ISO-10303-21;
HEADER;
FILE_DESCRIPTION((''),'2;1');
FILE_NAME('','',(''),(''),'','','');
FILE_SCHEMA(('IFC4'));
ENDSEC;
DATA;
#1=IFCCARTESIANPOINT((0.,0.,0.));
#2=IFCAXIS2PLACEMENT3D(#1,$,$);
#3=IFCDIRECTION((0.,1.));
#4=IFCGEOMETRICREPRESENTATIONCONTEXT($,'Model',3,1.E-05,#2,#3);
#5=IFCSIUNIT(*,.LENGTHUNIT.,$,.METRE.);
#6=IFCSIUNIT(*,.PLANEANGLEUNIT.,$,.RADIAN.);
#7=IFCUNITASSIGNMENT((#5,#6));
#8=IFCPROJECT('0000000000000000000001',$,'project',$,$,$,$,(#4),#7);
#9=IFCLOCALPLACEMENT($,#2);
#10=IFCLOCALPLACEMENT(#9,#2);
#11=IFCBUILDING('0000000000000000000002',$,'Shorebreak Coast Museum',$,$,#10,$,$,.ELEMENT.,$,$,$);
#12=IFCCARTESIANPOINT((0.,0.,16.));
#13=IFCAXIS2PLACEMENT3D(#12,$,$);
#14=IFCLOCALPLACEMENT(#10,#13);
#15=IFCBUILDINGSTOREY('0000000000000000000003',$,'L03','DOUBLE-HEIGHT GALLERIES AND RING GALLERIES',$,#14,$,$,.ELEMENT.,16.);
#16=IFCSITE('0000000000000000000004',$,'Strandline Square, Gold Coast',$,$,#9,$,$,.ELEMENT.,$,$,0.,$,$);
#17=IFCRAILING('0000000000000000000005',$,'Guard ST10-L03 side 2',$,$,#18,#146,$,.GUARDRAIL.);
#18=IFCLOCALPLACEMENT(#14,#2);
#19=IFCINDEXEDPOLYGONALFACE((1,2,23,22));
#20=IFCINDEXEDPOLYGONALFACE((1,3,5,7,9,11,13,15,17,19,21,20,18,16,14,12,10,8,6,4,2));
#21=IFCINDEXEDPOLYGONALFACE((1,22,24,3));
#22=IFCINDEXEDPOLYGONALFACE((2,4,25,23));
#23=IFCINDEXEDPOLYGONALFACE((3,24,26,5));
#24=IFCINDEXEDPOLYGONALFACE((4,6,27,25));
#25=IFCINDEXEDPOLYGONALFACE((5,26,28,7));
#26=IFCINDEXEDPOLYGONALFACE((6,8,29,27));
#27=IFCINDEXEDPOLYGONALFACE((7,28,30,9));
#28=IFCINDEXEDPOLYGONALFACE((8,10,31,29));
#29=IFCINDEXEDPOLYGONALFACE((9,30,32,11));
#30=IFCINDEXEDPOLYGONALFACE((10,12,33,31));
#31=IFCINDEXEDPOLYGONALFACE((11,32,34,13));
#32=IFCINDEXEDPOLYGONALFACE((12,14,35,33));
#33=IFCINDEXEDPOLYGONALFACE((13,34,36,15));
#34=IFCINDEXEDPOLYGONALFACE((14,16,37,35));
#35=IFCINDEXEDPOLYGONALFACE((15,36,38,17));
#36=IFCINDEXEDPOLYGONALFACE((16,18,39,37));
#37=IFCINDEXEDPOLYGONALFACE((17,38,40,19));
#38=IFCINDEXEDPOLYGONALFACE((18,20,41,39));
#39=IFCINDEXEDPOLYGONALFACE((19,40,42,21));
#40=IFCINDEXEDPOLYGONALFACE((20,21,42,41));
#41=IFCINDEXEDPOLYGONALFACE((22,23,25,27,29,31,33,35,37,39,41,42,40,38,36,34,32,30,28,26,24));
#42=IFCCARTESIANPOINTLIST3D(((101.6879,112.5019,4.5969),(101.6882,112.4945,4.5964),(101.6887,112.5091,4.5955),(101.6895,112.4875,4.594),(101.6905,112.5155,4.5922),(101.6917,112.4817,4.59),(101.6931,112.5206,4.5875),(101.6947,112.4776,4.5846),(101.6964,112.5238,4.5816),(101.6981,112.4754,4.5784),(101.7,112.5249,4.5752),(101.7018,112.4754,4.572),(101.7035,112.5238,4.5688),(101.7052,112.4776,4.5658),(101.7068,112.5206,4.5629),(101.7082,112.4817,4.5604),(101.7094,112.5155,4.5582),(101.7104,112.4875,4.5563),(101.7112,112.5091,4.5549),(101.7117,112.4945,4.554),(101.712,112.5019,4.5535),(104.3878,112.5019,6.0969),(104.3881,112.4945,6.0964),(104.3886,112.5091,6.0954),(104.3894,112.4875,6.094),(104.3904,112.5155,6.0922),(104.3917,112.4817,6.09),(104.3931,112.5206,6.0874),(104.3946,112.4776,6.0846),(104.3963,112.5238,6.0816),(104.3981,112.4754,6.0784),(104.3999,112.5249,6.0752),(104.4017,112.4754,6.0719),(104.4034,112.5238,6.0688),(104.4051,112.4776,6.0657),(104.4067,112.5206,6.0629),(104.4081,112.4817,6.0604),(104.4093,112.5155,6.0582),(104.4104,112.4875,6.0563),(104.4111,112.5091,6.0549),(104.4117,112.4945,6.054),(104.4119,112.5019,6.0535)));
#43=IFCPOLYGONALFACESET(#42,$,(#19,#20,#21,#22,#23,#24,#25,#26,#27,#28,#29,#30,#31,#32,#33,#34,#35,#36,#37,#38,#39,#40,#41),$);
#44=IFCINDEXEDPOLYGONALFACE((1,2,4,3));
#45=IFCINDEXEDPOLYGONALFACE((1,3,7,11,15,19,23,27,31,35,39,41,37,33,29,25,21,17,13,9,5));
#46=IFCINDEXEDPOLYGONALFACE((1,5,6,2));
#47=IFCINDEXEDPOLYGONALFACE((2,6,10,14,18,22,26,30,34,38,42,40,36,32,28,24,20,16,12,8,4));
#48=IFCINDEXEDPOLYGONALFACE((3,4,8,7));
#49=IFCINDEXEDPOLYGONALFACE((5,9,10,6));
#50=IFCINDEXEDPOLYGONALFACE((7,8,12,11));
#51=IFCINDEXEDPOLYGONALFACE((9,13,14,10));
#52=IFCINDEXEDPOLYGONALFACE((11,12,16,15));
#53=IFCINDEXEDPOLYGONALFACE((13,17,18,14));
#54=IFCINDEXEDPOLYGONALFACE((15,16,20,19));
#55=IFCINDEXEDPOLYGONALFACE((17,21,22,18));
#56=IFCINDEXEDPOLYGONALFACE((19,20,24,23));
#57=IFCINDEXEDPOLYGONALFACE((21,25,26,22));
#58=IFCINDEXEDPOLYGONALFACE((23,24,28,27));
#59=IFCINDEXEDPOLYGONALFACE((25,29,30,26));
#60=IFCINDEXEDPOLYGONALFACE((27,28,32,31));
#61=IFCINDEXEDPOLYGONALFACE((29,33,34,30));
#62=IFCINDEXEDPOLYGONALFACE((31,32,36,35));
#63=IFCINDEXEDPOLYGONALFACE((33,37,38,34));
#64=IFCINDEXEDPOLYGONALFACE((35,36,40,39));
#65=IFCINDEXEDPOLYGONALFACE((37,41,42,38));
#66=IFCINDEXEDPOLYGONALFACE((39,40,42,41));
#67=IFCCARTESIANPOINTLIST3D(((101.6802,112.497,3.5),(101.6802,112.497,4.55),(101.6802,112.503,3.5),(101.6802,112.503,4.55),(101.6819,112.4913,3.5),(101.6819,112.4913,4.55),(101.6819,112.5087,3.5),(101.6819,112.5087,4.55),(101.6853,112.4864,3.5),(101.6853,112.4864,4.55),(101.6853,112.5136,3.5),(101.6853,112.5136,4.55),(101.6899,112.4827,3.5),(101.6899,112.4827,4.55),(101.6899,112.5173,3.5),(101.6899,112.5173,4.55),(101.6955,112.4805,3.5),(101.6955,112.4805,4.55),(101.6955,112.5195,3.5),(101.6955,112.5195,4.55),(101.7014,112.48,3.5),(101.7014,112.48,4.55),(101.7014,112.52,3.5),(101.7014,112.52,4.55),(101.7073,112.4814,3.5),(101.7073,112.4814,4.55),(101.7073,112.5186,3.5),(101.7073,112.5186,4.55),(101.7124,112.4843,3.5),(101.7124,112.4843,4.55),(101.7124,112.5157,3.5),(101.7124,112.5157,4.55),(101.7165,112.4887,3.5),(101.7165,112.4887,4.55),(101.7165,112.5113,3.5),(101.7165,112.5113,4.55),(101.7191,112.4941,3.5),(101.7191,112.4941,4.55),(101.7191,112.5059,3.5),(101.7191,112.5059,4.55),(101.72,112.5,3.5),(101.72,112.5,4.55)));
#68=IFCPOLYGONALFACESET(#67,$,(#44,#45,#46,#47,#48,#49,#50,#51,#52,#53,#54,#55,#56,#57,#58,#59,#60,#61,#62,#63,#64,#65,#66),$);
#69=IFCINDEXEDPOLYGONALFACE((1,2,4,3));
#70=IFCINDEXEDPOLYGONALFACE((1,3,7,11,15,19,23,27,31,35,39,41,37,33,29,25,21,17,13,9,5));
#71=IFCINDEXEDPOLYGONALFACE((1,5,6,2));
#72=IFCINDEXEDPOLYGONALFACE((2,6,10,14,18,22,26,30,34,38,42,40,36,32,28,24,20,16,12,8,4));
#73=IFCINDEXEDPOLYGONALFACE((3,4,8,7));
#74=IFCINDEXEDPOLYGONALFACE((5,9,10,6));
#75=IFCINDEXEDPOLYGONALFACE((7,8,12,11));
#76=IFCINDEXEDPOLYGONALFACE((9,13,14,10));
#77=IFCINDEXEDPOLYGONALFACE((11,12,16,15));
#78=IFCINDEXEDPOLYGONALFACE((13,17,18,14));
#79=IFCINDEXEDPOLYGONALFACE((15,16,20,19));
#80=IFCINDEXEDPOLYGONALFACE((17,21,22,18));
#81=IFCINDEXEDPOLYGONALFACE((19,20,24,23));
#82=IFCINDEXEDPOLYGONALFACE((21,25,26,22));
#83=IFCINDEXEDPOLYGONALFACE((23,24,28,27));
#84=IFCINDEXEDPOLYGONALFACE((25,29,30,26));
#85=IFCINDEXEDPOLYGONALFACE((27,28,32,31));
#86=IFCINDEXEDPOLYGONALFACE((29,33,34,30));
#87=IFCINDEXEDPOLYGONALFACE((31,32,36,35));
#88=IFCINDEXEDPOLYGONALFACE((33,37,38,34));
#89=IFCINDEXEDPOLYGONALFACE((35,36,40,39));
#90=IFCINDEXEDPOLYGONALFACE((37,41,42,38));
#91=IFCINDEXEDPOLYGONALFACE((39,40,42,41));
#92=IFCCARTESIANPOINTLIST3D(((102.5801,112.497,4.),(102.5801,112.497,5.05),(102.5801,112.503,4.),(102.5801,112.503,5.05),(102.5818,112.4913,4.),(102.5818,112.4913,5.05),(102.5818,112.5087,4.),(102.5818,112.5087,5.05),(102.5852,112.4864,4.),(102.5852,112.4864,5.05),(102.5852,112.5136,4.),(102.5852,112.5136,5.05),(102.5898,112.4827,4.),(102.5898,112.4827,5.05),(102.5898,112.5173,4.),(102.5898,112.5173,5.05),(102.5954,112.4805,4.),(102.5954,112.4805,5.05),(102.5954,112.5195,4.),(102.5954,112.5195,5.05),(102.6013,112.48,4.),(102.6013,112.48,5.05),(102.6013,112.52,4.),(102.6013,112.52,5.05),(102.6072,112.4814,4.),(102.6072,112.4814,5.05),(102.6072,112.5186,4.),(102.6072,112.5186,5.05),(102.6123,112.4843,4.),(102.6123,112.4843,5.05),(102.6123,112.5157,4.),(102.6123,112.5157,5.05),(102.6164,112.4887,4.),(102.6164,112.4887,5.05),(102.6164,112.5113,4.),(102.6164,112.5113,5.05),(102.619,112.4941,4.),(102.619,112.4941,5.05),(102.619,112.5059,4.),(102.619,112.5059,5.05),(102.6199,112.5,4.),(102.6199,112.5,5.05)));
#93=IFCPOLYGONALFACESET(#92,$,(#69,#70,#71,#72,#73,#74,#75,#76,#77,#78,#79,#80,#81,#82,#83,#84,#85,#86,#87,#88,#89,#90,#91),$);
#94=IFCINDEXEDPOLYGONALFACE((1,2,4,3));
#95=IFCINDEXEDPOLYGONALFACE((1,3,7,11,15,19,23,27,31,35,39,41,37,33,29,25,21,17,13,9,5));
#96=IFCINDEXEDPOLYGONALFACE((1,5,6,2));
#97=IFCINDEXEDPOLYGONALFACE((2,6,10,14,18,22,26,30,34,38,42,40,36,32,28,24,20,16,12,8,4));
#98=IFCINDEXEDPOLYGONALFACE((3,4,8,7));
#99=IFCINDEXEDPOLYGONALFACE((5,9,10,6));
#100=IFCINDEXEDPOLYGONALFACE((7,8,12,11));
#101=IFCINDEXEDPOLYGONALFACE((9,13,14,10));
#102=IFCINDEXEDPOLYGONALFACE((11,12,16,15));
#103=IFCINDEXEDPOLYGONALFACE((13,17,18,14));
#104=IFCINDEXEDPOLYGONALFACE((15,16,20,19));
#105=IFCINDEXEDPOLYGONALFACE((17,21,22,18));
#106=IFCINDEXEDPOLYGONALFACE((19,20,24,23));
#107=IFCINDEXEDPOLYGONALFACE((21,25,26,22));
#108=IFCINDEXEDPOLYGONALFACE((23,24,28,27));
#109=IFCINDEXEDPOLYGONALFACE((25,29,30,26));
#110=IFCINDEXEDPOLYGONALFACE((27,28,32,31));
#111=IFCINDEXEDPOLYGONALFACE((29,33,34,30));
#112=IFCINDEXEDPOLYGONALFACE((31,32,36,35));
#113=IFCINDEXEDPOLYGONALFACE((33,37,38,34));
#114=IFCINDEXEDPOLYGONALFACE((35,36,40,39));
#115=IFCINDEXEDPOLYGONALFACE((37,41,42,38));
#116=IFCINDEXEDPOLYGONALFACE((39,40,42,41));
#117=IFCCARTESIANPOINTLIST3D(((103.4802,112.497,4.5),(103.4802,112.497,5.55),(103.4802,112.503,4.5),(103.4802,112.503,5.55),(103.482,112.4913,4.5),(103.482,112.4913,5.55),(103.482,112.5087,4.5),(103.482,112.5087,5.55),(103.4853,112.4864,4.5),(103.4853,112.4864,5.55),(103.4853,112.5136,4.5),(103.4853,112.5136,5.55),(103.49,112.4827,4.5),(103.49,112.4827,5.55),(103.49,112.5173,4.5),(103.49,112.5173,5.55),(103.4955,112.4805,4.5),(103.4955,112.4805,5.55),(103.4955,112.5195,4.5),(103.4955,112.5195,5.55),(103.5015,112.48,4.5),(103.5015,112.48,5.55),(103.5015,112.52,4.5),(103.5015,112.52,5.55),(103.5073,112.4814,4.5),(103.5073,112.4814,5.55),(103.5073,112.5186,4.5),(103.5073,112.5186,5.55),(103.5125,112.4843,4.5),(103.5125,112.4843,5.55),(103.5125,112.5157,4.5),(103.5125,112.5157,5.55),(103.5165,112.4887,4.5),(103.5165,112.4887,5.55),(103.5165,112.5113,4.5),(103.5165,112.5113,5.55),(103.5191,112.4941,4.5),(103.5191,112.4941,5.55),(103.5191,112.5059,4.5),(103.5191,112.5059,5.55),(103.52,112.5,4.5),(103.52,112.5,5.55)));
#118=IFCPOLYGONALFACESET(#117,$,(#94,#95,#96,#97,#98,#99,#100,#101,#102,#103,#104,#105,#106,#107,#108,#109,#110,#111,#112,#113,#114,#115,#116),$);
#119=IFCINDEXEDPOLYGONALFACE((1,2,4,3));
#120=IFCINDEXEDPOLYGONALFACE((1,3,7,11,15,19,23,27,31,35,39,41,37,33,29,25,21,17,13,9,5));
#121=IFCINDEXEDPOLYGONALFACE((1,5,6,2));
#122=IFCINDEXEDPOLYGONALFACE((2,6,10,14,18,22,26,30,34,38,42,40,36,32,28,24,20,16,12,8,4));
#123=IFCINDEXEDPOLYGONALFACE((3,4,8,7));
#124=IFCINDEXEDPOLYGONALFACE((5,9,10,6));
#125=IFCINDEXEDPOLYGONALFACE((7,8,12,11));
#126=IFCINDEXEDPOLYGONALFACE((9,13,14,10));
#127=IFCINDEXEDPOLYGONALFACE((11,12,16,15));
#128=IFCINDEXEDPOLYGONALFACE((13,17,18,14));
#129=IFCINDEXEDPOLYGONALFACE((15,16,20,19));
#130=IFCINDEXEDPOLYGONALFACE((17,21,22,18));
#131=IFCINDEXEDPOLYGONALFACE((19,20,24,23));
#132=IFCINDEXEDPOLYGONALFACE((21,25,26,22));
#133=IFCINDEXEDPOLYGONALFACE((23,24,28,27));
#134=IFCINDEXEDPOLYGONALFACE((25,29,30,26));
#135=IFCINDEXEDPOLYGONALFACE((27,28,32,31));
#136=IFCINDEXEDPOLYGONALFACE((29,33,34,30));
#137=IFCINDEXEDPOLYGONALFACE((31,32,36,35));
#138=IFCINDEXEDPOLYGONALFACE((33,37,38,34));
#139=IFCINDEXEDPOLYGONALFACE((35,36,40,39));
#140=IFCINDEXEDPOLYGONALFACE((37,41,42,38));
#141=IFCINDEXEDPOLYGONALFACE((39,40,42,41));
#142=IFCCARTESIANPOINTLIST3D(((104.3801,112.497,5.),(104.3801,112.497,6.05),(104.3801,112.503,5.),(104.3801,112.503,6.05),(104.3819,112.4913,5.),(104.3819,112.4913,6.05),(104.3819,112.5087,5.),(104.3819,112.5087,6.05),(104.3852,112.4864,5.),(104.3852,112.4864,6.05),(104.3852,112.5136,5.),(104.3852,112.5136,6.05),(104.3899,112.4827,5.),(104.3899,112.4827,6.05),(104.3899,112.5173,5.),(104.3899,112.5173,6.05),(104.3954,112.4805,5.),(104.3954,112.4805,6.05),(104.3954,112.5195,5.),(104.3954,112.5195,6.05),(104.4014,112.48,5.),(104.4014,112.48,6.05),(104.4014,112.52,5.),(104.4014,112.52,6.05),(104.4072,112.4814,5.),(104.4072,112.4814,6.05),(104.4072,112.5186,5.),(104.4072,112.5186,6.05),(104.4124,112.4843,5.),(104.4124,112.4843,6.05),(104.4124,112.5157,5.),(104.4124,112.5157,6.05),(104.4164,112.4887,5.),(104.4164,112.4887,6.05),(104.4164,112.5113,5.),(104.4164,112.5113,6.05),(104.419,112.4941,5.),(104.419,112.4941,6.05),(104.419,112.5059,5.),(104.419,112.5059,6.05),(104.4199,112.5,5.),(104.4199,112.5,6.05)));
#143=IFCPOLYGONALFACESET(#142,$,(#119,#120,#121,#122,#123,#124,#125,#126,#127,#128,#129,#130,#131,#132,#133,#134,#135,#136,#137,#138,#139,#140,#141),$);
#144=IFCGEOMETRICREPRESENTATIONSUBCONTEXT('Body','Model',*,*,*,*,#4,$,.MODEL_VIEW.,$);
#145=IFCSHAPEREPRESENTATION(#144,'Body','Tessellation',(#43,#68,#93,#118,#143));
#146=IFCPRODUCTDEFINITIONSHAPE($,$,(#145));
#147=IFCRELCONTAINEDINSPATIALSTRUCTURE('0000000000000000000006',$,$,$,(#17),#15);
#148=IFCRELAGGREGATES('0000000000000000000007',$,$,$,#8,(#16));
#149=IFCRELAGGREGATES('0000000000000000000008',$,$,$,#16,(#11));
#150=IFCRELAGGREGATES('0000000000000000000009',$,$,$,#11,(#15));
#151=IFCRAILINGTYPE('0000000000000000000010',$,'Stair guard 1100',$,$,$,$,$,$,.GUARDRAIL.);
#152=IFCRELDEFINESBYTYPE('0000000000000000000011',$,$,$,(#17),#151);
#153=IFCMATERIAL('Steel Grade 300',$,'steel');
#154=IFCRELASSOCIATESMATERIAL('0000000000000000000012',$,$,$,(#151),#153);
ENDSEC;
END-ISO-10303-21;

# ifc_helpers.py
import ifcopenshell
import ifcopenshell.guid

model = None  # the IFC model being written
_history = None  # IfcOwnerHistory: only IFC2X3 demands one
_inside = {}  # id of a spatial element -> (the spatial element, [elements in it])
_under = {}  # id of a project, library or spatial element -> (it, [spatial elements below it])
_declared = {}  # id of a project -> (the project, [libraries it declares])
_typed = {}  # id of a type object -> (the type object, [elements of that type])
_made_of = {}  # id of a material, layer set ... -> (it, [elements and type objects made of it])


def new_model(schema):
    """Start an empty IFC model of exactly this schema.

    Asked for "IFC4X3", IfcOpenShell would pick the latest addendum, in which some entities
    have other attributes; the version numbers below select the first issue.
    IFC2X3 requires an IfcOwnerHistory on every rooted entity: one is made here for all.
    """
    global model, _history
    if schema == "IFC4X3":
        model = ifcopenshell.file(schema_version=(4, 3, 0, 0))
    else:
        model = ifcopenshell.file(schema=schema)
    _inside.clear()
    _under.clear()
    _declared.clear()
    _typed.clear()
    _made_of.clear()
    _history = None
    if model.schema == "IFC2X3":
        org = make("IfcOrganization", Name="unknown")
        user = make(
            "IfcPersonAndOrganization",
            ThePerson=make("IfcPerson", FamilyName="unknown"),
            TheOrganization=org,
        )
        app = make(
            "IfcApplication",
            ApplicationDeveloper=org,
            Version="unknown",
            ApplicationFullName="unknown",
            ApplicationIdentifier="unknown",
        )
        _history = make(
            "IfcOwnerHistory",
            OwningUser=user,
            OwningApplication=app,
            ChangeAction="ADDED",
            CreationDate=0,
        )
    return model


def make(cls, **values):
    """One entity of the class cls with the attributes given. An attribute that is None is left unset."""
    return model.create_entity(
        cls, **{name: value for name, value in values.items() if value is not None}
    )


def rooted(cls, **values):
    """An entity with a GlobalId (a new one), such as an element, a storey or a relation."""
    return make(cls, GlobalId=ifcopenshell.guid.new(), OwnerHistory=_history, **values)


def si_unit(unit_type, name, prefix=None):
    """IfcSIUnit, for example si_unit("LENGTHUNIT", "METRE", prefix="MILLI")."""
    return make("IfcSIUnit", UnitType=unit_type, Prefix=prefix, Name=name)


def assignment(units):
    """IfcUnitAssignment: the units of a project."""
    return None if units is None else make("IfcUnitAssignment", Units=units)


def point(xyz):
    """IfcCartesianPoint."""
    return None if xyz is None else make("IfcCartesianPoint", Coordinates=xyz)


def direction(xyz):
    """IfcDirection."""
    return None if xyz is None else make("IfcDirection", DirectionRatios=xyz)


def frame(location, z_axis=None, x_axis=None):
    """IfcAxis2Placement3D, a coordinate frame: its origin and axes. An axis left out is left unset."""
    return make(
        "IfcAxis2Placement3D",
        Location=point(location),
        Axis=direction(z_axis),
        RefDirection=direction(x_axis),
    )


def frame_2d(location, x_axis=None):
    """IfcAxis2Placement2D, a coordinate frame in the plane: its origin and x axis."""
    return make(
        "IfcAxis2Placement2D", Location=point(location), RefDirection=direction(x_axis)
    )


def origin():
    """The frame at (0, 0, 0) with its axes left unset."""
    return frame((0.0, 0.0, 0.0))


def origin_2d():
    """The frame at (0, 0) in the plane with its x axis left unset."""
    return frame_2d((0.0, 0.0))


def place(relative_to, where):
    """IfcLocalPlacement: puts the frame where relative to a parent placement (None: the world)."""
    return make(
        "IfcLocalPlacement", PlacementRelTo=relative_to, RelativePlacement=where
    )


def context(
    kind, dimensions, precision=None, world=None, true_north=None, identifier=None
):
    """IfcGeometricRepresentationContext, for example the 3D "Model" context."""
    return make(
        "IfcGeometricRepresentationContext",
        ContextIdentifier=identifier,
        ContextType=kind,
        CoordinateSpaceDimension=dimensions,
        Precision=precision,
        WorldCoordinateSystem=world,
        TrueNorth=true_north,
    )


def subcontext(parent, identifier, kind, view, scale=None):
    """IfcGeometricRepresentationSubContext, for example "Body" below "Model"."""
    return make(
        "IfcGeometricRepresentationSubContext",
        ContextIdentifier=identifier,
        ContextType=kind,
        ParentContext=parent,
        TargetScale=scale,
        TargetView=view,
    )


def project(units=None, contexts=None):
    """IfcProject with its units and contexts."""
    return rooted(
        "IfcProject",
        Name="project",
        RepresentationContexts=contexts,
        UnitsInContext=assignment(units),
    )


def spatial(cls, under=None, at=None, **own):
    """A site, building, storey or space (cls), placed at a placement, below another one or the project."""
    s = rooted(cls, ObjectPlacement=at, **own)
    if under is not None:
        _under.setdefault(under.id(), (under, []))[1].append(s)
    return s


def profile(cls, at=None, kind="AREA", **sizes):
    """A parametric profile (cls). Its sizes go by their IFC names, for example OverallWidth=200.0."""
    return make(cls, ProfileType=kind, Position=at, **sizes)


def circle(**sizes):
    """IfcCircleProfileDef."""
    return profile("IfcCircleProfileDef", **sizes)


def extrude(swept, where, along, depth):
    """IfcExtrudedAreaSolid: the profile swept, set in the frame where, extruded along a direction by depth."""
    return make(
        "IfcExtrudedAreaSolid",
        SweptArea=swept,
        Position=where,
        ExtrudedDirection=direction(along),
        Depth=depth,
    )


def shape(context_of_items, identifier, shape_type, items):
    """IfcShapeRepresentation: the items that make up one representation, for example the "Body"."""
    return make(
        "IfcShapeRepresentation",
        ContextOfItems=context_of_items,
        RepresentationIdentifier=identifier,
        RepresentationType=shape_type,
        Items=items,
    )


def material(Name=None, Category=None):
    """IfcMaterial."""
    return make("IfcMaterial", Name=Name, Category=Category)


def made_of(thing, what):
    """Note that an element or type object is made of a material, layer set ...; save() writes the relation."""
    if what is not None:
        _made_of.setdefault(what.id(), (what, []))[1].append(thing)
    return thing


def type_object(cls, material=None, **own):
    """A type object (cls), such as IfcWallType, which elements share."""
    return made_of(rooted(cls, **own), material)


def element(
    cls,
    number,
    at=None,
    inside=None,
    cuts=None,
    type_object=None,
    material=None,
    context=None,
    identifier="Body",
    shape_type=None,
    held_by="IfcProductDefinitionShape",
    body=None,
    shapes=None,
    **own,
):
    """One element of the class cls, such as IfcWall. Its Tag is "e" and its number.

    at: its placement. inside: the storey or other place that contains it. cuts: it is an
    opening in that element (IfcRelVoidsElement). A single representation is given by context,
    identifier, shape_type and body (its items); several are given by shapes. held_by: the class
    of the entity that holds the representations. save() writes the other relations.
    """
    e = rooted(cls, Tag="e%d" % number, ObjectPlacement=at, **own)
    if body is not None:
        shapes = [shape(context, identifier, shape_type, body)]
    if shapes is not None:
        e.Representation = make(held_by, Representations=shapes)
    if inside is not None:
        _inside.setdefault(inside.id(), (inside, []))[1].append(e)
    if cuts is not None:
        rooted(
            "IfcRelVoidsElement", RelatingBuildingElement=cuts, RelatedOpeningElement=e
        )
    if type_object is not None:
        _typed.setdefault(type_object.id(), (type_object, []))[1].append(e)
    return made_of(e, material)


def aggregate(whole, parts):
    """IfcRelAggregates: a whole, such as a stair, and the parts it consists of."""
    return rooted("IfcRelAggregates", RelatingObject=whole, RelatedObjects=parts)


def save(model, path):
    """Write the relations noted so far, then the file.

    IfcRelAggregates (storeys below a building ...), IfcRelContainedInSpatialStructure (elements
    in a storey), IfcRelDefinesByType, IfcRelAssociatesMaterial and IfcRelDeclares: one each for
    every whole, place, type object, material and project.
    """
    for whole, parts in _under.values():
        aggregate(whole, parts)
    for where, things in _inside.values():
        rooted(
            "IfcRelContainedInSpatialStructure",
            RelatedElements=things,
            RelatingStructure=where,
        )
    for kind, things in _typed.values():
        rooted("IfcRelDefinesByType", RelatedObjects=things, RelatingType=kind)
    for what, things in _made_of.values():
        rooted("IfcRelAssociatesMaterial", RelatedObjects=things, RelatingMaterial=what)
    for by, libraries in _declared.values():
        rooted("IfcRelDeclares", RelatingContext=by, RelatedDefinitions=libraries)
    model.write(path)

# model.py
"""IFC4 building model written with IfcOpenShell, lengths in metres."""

from ifc_helpers import new_model, si_unit, direction, frame, origin, origin_2d, place, context, subcontext, project, spatial, circle, extrude, material, type_object, element, save


model = new_model("IFC4")

# Units and contexts
model_context = context("Model", 3, precision=1e-05, world=origin(), true_north=direction((0.0, 1.0)))
body_context = subcontext(model_context, "Body", "Model", "MODEL_VIEW")
ifc_project = project(units=[si_unit("LENGTHUNIT", "METRE"), si_unit("PLANEANGLEUNIT", "RADIAN")], contexts=[model_context])

# Site, building, storey
site_placement = place(None, origin())
site = spatial("IfcSite", under=ifc_project, at=site_placement, Name="Strandline Square, Gold Coast", CompositionType="ELEMENT", RefElevation=0.0)
building_placement = place(site_placement, origin())
building = spatial("IfcBuilding", under=site, at=building_placement, Name="Shorebreak Coast Museum", CompositionType="ELEMENT")
storey_placement = place(building_placement, frame((0.0, 0.0, 16.0)))
storey = spatial("IfcBuildingStorey", under=building, at=storey_placement, Name="L03", Description="DOUBLE-HEIGHT GALLERIES AND RING GALLERIES", CompositionType="ELEMENT", Elevation=16.0)

# Railing
ifc_material_1 = material(Name="Steel Grade 300", Category="steel")
railing_type_1 = type_object("IfcRailingType", Name="Stair guard 1100", PredefinedType="GUARDRAIL", material=ifc_material_1)
railing_1_placement = place(storey_placement, frame((101.7, 112.5, 3.5)))
element("IfcRailing", 1, at=railing_1_placement, inside=storey, type_object=railing_type_1, Name="Guard ST10-L03 side 2", PredefinedType="GUARDRAIL", context=body_context, shape_type="SweptSolid", body=[
    extrude(circle(Radius=0.0249, at=origin_2d()), frame((0.0, 0.0, 1.0752), z_axis=(0.874154, 0.0, 0.48565), x_axis=(0.0, 1.0, 0.0)), (0.0, 0.0, 1.0), 3.0886),
    extrude(circle(Radius=0.02, at=origin_2d()), origin(), (0.0, 0.0, 1.0), 1.05),
    extrude(circle(Radius=0.02, at=origin_2d()), frame((0.8999, 0.0, 0.5)), (0.0, 0.0, 1.0), 1.05),
    extrude(circle(Radius=0.02, at=origin_2d()), frame((1.8, 0.0, 1.0)), (0.0, 0.0, 1.0), 1.05),
    extrude(circle(Radius=0.02, at=origin_2d()), frame((2.7, 0.0, 1.5)), (0.0, 0.0, 1.0), 1.05),
])

save(model, "model.ifc")
